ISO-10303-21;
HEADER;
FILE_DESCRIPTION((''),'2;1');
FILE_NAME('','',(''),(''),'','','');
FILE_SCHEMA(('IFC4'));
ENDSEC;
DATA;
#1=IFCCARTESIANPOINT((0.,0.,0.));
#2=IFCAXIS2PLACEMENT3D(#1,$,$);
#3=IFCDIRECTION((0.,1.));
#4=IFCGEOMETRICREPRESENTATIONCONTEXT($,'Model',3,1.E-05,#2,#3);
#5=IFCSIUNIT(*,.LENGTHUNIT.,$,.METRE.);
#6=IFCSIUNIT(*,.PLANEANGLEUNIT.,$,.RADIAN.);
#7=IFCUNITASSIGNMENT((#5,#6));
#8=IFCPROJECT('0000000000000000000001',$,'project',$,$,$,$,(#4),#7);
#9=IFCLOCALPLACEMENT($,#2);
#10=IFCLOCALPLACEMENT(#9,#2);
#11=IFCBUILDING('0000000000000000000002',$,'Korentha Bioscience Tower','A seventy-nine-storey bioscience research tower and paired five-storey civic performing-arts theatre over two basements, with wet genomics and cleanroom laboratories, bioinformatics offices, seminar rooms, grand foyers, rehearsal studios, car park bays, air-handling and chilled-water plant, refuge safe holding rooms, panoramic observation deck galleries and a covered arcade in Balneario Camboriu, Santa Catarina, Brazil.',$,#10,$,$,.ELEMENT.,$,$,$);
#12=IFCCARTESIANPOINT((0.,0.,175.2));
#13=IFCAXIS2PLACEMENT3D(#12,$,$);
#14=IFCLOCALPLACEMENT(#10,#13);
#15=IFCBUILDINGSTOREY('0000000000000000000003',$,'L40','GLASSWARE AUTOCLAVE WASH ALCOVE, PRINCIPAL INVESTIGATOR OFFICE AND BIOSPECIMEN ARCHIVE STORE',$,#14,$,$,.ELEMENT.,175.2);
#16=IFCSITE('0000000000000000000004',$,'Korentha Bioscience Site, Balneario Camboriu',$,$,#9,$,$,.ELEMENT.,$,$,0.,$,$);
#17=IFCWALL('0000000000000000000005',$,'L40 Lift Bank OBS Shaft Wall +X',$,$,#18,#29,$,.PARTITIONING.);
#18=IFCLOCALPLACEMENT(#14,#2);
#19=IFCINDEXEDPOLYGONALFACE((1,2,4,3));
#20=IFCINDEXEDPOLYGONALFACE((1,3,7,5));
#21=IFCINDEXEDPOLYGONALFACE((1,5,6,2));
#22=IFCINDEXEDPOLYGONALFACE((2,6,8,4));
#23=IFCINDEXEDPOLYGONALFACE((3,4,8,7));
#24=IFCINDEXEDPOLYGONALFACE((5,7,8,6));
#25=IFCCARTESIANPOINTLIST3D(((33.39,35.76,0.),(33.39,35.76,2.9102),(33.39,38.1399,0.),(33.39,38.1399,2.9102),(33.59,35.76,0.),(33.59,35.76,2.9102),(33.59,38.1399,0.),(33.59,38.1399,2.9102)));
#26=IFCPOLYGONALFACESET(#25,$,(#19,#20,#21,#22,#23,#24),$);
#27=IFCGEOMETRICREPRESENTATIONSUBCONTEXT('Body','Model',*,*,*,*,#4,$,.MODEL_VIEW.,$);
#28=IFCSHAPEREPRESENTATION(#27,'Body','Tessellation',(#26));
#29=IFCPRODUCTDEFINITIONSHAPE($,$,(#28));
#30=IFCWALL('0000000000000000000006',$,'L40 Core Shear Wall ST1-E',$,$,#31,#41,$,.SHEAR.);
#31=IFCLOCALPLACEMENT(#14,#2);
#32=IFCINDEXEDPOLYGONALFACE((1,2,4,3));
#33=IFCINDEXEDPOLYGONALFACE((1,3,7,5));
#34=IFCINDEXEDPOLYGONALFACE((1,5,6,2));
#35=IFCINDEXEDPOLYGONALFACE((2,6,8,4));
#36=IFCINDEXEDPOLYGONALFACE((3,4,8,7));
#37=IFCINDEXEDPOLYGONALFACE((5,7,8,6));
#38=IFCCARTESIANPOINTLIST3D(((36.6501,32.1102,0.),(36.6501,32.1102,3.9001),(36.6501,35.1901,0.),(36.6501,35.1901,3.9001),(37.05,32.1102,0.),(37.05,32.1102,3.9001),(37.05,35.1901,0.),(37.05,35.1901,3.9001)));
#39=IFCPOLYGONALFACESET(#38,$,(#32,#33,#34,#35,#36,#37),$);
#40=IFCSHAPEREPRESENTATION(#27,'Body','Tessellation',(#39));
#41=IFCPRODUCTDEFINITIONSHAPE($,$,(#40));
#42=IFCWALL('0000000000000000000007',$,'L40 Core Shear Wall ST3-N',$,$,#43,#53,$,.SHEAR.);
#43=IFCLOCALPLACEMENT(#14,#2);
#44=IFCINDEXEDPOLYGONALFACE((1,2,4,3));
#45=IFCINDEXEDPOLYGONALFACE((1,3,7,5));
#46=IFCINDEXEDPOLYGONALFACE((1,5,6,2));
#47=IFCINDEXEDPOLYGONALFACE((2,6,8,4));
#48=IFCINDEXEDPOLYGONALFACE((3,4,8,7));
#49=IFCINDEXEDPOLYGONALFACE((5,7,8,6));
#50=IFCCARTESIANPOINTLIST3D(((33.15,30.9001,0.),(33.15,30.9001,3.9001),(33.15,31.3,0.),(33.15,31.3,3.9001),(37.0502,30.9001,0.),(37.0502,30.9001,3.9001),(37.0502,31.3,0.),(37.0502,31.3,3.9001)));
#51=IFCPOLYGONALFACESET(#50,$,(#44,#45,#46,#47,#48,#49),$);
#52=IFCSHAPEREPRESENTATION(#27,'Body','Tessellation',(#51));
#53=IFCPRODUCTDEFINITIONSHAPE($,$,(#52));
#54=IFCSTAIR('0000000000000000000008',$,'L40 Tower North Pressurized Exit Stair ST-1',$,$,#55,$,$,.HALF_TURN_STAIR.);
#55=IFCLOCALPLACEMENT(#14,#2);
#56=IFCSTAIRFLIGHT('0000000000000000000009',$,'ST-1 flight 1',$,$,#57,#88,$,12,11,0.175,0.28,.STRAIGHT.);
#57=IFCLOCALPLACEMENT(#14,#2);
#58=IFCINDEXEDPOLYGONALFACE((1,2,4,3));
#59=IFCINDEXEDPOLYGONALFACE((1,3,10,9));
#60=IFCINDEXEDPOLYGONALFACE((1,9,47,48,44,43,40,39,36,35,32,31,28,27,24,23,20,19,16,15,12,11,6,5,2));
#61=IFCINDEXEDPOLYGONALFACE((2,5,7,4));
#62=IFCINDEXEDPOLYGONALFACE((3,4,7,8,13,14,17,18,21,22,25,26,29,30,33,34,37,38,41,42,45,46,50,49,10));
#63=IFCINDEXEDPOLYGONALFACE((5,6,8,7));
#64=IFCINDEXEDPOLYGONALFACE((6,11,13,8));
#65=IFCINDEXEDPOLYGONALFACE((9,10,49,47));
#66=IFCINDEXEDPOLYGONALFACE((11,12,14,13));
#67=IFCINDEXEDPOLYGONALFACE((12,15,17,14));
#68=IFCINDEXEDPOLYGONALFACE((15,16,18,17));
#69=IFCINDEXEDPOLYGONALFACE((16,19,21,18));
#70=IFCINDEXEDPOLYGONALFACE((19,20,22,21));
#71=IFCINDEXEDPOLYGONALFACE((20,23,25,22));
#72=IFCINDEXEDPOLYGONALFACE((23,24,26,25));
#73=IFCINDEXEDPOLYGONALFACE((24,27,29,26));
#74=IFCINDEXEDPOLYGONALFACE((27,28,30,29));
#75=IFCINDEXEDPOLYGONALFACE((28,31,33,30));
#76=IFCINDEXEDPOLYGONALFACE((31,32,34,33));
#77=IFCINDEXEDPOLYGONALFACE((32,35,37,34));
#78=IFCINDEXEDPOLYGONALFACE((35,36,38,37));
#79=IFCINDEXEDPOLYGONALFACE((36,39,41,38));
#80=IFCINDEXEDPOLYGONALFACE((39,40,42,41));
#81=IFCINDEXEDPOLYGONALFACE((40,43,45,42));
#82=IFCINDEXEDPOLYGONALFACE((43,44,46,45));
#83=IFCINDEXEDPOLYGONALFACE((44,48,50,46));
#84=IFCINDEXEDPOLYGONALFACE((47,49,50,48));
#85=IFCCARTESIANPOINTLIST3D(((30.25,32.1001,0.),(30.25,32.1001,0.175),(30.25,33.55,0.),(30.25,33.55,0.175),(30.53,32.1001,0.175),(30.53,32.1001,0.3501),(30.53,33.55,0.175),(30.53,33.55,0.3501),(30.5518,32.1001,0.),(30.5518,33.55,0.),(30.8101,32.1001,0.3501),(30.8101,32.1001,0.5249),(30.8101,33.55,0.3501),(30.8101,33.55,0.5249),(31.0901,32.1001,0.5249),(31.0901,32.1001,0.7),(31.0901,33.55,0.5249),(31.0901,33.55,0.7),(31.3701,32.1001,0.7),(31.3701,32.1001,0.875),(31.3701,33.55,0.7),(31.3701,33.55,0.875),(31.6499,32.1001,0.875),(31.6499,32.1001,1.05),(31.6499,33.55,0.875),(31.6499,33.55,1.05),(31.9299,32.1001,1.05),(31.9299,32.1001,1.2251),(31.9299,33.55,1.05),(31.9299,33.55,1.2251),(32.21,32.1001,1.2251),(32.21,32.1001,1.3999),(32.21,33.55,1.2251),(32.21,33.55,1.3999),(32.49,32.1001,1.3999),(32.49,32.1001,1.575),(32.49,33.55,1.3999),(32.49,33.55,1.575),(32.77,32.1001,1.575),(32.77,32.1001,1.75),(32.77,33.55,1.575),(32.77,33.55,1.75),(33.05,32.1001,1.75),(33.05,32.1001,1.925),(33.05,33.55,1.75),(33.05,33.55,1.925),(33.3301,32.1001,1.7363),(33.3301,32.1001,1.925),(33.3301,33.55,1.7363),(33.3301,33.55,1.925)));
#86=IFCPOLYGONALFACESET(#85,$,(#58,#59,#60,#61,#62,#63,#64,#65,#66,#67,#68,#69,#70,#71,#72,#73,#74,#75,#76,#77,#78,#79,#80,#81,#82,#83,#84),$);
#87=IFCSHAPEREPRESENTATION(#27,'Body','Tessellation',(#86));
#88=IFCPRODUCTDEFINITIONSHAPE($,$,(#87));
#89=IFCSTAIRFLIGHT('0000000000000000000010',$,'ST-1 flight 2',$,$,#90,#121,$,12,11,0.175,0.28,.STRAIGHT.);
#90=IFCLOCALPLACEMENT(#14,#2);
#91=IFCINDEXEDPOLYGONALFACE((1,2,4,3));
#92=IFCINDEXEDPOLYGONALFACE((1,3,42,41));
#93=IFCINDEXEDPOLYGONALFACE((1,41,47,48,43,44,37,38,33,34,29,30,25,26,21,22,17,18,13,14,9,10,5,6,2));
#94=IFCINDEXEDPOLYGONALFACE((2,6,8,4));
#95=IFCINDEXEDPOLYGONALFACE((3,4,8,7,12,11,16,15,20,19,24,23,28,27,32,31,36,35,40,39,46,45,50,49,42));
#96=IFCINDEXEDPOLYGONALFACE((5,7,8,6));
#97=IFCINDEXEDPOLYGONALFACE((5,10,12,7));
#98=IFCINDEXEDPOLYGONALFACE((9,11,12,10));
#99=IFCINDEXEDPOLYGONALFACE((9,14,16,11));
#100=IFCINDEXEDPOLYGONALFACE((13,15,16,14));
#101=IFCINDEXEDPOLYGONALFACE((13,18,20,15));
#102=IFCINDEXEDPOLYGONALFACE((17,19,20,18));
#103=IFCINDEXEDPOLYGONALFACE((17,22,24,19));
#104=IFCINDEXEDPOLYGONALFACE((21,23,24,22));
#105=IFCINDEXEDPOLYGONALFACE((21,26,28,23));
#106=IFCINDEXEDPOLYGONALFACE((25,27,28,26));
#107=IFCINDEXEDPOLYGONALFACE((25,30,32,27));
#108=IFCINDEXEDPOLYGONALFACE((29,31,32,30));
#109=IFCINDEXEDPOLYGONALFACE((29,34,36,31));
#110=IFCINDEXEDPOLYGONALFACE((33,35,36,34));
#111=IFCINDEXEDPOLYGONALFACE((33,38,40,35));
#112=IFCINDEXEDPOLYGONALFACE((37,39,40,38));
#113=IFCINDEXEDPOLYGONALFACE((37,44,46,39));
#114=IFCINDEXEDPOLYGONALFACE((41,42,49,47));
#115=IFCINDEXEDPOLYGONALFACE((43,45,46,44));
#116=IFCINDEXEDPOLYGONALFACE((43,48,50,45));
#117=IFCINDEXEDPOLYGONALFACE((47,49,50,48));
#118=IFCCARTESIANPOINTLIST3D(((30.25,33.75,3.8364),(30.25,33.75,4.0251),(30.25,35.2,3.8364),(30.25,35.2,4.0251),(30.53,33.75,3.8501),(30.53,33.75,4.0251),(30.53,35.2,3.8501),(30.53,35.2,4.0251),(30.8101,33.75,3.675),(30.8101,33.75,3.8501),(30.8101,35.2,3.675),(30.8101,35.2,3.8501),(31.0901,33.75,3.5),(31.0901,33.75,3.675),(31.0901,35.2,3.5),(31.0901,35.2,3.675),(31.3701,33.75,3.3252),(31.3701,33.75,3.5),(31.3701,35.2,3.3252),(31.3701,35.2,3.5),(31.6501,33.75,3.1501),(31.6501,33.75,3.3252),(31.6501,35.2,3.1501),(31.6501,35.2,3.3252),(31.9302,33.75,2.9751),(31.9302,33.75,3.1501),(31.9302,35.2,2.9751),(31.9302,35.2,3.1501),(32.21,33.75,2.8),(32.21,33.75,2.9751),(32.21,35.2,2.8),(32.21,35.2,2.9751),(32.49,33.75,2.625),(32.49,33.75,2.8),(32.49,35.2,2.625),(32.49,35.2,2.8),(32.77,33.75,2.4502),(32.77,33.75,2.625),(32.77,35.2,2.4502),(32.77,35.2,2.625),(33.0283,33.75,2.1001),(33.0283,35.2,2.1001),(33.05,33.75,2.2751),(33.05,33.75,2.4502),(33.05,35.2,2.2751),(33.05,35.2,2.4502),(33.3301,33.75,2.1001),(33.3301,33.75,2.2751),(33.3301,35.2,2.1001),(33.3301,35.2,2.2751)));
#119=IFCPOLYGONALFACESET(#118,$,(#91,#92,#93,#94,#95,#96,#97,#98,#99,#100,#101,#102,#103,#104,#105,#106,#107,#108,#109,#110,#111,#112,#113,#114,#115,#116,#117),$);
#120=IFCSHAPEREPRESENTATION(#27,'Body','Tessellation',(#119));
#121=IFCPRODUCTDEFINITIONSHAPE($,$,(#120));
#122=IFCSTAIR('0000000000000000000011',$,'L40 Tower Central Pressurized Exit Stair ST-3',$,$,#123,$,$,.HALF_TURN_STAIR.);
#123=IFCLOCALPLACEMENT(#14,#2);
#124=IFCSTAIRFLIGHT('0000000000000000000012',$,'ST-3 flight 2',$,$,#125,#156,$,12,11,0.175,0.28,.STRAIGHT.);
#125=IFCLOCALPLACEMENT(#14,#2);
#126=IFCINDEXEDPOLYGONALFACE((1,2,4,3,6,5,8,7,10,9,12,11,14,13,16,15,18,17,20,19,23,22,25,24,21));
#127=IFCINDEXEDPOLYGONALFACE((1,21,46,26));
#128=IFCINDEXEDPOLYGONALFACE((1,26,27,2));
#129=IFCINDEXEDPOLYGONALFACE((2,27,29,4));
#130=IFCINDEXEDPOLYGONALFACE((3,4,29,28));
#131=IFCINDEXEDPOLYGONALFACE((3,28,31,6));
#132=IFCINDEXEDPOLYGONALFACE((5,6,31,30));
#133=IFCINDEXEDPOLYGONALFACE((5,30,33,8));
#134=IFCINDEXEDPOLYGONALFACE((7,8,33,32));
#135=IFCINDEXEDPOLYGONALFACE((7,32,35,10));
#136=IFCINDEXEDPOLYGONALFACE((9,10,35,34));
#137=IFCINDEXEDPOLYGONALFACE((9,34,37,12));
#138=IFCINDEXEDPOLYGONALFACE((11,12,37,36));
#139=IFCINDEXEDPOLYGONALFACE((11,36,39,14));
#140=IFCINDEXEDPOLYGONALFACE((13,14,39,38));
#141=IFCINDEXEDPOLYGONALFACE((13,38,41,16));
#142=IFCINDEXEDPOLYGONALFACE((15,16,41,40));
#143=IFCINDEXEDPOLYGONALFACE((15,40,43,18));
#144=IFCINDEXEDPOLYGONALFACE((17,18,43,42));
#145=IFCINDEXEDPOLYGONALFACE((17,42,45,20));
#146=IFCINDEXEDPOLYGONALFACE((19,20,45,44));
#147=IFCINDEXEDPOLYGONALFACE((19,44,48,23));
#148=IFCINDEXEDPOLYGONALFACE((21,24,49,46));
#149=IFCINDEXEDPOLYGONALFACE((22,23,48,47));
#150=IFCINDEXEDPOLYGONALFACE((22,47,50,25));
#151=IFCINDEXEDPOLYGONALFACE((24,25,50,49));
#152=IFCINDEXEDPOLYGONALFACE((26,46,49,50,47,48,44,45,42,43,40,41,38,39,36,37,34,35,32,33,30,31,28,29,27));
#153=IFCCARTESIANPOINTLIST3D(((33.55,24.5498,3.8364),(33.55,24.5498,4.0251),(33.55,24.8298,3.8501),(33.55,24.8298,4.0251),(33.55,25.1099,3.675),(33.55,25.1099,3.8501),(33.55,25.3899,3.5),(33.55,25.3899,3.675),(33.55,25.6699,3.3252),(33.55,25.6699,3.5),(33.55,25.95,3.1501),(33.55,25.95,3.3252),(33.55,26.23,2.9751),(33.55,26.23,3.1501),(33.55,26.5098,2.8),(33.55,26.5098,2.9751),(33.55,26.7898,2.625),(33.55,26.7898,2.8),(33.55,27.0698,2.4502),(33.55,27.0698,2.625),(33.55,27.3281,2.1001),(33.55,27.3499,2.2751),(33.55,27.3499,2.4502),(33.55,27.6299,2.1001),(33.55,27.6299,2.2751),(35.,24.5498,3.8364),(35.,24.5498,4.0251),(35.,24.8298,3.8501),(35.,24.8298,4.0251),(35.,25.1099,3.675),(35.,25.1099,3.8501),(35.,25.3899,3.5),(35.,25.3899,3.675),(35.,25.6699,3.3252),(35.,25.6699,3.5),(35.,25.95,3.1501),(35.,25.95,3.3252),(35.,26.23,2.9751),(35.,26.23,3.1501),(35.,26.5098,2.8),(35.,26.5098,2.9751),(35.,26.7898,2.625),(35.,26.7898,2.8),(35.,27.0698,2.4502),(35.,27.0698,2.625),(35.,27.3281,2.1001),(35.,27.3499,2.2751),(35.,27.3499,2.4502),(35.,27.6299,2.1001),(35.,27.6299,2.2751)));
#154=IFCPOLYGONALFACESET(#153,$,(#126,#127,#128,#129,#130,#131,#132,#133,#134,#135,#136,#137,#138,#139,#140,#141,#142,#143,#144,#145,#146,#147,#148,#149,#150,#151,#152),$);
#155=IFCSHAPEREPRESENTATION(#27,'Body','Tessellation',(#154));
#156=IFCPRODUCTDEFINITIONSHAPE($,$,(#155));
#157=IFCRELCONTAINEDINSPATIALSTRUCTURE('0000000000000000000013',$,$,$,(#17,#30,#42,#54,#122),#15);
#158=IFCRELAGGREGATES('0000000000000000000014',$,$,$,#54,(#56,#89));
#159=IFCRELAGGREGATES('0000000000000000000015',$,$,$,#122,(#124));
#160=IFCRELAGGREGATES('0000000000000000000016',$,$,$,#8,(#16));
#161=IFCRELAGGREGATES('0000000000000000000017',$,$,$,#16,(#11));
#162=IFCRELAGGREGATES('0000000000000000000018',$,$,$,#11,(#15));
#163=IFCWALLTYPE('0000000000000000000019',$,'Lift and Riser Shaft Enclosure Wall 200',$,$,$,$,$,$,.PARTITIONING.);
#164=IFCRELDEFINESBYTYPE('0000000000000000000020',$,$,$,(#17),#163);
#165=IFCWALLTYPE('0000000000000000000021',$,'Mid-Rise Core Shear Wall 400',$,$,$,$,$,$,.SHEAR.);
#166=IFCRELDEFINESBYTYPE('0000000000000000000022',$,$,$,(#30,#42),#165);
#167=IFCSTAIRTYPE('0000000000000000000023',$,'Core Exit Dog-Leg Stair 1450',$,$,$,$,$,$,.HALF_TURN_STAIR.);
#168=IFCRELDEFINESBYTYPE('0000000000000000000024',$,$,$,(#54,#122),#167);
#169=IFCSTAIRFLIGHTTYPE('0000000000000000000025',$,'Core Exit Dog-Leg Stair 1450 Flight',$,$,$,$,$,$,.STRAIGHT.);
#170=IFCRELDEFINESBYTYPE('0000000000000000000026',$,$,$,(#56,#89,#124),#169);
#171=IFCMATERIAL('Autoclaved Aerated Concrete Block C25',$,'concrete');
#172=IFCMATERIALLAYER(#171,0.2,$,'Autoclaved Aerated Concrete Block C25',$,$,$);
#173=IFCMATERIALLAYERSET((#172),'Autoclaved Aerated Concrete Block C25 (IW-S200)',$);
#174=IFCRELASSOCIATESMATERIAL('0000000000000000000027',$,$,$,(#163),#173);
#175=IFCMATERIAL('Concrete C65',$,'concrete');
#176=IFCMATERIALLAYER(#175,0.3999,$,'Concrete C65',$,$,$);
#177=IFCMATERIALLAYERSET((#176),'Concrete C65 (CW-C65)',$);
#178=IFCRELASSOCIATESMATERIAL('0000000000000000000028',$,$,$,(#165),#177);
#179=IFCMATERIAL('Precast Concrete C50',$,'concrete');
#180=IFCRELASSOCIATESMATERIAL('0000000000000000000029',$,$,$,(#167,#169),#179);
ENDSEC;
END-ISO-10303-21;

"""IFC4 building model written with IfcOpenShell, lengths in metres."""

from ifc_helpers import new_model, si_unit, direction, frame, frame_2d, origin, place, context, subcontext, project, spatial, polyline, rectangle, outline, extrude, material, layer, layer_set, type_object, element, aggregate, save


model = new_model("IFC4")

# Units and contexts
model_context = context("Model", 3, precision=1e-05, world=origin(), true_north=direction((0.0, 1.0)))
body_context = subcontext(model_context, "Body", "Model", "MODEL_VIEW")
ifc_project = project(units=[si_unit("LENGTHUNIT", "METRE"), si_unit("PLANEANGLEUNIT", "RADIAN")], contexts=[model_context])

# Site, building, storey
site_placement = place(None, origin())
site = spatial("IfcSite", under=ifc_project, at=site_placement, Name="Korentha Bioscience Site, Balneario Camboriu", CompositionType="ELEMENT", RefElevation=0.0)
building_placement = place(site_placement, origin())
building = spatial("IfcBuilding", under=site, at=building_placement, Name="Korentha Bioscience Tower", Description="A seventy-nine-storey bioscience research tower and paired five-storey civic performing-arts theatre over two basements, with wet genomics and cleanroom laboratories, bioinformatics offices, seminar rooms, grand foyers, rehearsal studios, car park bays, air-handling and chilled-water plant, refuge safe holding rooms, panoramic observation deck galleries and a covered arcade in Balneario Camboriu, Santa Catarina, Brazil.", CompositionType="ELEMENT")
storey_placement = place(building_placement, frame((0.0, 0.0, 175.2)))
storey = spatial("IfcBuildingStorey", under=building, at=storey_placement, Name="L40", Description="GLASSWARE AUTOCLAVE WASH ALCOVE, PRINCIPAL INVESTIGATOR OFFICE AND BIOSPECIMEN ARCHIVE STORE", CompositionType="ELEMENT", Elevation=175.2)

# Shared definitions
ifc_material_1 = material(Name="Concrete C65", Category="concrete")

# Walls
ifc_material_2 = material(Name="Autoclaved Aerated Concrete Block C25", Category="concrete")
ifc_layer_1 = layer(ifc_material_2, 0.2, Name="Autoclaved Aerated Concrete Block C25")
ifc_layer_set_1 = layer_set([ifc_layer_1], Name="Autoclaved Aerated Concrete Block C25 (IW-S200)")
wall_type_1 = type_object("IfcWallType", Name="Lift and Riser Shaft Enclosure Wall 200", PredefinedType="PARTITIONING", material=ifc_layer_set_1)
wall_1_placement = place(storey_placement, frame((33.49, 35.76, 0.0), z_axis=(0.0, 0.0, 1.0), x_axis=(0.0, 1.0, 0.0)))
element("IfcWall", 1, at=wall_1_placement, inside=storey, type_object=wall_type_1, Name="L40 Lift Bank OBS Shaft Wall +X", PredefinedType="PARTITIONING", context=body_context, shape_type="SweptSolid", body=[
    extrude(rectangle(XDim=2.3799, YDim=0.2, at=frame_2d((1.1899, 0.0))), origin(), (0.0, 0.0, 1.0), 2.9102),
])
ifc_layer_2 = layer(ifc_material_1, 0.3999, Name="Concrete C65")
ifc_layer_set_2 = layer_set([ifc_layer_2], Name="Concrete C65 (CW-C65)")
wall_type_2 = type_object("IfcWallType", Name="Mid-Rise Core Shear Wall 400", PredefinedType="SHEAR", material=ifc_layer_set_2)
wall_2_placement = place(storey_placement, frame((36.8501, 32.1101, 0.0), z_axis=(0.0, 0.0, 1.0), x_axis=(0.0, 1.0, 0.0)))
element("IfcWall", 2, at=wall_2_placement, inside=storey, type_object=wall_type_2, Name="L40 Core Shear Wall ST1-E", PredefinedType="SHEAR", context=body_context, shape_type="SweptSolid", body=[
    extrude(rectangle(XDim=3.0798, YDim=0.3999, at=frame_2d((1.54, 0.0))), origin(), (0.0, 0.0, 1.0), 3.9001),
])
wall_3_placement = place(storey_placement, frame((33.1499, 31.1001, 0.0), z_axis=(0.0, 0.0, 1.0), x_axis=(1.0, 0.0, 0.0)))
element("IfcWall", 3, at=wall_3_placement, inside=storey, type_object=wall_type_2, Name="L40 Core Shear Wall ST3-N", PredefinedType="SHEAR", context=body_context, shape_type="SweptSolid", body=[
    extrude(rectangle(XDim=3.9001, YDim=0.3999, at=frame_2d((1.9502, 0.0))), origin(), (0.0, 0.0, 1.0), 3.9001),
])

# Stair, stair flights
ifc_material_3 = material(Name="Precast Concrete C50", Category="concrete")
stair_type = type_object("IfcStairType", Name="Core Exit Dog-Leg Stair 1450", PredefinedType="HALF_TURN_STAIR", material=ifc_material_3)
stair_1_placement = place(storey_placement, origin())
stair_1 = element("IfcStair", 4, at=stair_1_placement, inside=storey, type_object=stair_type, Name="L40 Tower North Pressurized Exit Stair ST-1", PredefinedType="HALF_TURN_STAIR")
stair_flight_type = type_object("IfcStairFlightType", Name="Core Exit Dog-Leg Stair 1450 Flight", PredefinedType="STRAIGHT", material=ifc_material_3)
stair_flight_1_placement = place(storey_placement, frame((30.25, 32.825, 0.0), z_axis=(0.0, 0.0, 1.0), x_axis=(1.0, 0.0, 0.0)))
stair_flight_1 = element("IfcStairFlight", 5, at=stair_flight_1_placement, type_object=stair_flight_type, Name="ST-1 flight 1", NumberOfRisers=12, NumberOfTreads=11, PredefinedType="STRAIGHT", RiserHeight=0.175, TreadLength=0.28, context=body_context, shape_type="SweptSolid", body=[
    extrude(outline(polyline([(0.0, 0.0), (0.0, 0.175), (0.28, 0.175), (0.28, 0.3501), (0.5601, 0.3501), (0.5601, 0.5249), (0.8401, 0.5249), (0.8401, 0.7), (1.1201, 0.7), (1.1201, 0.875), (1.3999, 0.875), (1.3999, 1.05), (1.6799, 1.05), (1.6799, 1.2251), (1.96, 1.2251), (1.96, 1.3999), (2.24, 1.3999), (2.24, 1.575), (2.52, 1.575), (2.52, 1.75), (2.8, 1.75), (2.8, 1.925), (3.0801, 1.925), (3.0801, 2.1001), (3.0801, 1.7363), (0.3018, 0.0), (0.0, 0.0)])), frame((0.0, 0.7251, 0.0), z_axis=(0.0, -1.0, 0.0), x_axis=(1.0, 0.0, 0.0)), (0.0, 0.0, 1.0), 1.45),
])
stair_flight_2_placement = place(storey_placement, frame((33.3301, 34.4751, 2.1001), z_axis=(0.0, 0.0, 1.0), x_axis=(-1.0, 0.0, 0.0)))
stair_flight_2 = element("IfcStairFlight", 6, at=stair_flight_2_placement, type_object=stair_flight_type, Name="ST-1 flight 2", NumberOfRisers=12, NumberOfTreads=11, PredefinedType="STRAIGHT", RiserHeight=0.175, TreadLength=0.28, context=body_context, shape_type="SweptSolid", body=[
    extrude(outline(polyline([(0.0, 0.0), (0.0, 0.175), (0.28, 0.175), (0.28, 0.3501), (0.5601, 0.3501), (0.5601, 0.5249), (0.8401, 0.5249), (0.8401, 0.7), (1.1201, 0.7), (1.1201, 0.875), (1.3999, 0.875), (1.3999, 1.05), (1.6799, 1.05), (1.6799, 1.2251), (1.96, 1.2251), (1.96, 1.3999), (2.24, 1.3999), (2.24, 1.575), (2.52, 1.575), (2.52, 1.75), (2.8, 1.75), (2.8, 1.925), (3.0801, 1.925), (3.0801, 2.1001), (3.0801, 1.7363), (0.3018, 0.0), (0.0, 0.0)])), frame((0.0, 0.7251, 0.0), z_axis=(0.0, -1.0, 0.0), x_axis=(1.0, 0.0, 0.0)), (0.0, 0.0, 1.0), 1.45),
])
aggregate(stair_1, [stair_flight_1, stair_flight_2])

# Stair, stair flight
stair_2_placement = place(storey_placement, origin())
stair_2 = element("IfcStair", 7, at=stair_2_placement, inside=storey, type_object=stair_type, Name="L40 Tower Central Pressurized Exit Stair ST-3", PredefinedType="HALF_TURN_STAIR")
stair_flight_3_placement = place(storey_placement, frame((34.2749, 27.6299, 2.1001), z_axis=(0.0, 0.0, 1.0), x_axis=(0.0, -1.0, 0.0)))
stair_flight_3 = element("IfcStairFlight", 8, at=stair_flight_3_placement, type_object=stair_flight_type, Name="ST-3 flight 2", NumberOfRisers=12, NumberOfTreads=11, PredefinedType="STRAIGHT", RiserHeight=0.175, TreadLength=0.28, context=body_context, shape_type="SweptSolid", body=[
    extrude(outline(polyline([(0.0, 0.0), (0.0, 0.175), (0.28, 0.175), (0.28, 0.3501), (0.5601, 0.3501), (0.5601, 0.5249), (0.8401, 0.5249), (0.8401, 0.7), (1.1201, 0.7), (1.1201, 0.875), (1.3999, 0.875), (1.3999, 1.05), (1.6799, 1.05), (1.6799, 1.2251), (1.96, 1.2251), (1.96, 1.3999), (2.24, 1.3999), (2.24, 1.575), (2.52, 1.575), (2.52, 1.75), (2.8, 1.75), (2.8, 1.925), (3.0801, 1.925), (3.0801, 2.1001), (3.0801, 1.7363), (0.3018, 0.0), (0.0, 0.0)])), frame((0.0, 0.7251, 0.0), z_axis=(0.0, -1.0, 0.0), x_axis=(1.0, 0.0, 0.0)), (0.0, 0.0, 1.0), 1.45),
])
aggregate(stair_2, [stair_flight_3])

save(model, "model.ifc")
